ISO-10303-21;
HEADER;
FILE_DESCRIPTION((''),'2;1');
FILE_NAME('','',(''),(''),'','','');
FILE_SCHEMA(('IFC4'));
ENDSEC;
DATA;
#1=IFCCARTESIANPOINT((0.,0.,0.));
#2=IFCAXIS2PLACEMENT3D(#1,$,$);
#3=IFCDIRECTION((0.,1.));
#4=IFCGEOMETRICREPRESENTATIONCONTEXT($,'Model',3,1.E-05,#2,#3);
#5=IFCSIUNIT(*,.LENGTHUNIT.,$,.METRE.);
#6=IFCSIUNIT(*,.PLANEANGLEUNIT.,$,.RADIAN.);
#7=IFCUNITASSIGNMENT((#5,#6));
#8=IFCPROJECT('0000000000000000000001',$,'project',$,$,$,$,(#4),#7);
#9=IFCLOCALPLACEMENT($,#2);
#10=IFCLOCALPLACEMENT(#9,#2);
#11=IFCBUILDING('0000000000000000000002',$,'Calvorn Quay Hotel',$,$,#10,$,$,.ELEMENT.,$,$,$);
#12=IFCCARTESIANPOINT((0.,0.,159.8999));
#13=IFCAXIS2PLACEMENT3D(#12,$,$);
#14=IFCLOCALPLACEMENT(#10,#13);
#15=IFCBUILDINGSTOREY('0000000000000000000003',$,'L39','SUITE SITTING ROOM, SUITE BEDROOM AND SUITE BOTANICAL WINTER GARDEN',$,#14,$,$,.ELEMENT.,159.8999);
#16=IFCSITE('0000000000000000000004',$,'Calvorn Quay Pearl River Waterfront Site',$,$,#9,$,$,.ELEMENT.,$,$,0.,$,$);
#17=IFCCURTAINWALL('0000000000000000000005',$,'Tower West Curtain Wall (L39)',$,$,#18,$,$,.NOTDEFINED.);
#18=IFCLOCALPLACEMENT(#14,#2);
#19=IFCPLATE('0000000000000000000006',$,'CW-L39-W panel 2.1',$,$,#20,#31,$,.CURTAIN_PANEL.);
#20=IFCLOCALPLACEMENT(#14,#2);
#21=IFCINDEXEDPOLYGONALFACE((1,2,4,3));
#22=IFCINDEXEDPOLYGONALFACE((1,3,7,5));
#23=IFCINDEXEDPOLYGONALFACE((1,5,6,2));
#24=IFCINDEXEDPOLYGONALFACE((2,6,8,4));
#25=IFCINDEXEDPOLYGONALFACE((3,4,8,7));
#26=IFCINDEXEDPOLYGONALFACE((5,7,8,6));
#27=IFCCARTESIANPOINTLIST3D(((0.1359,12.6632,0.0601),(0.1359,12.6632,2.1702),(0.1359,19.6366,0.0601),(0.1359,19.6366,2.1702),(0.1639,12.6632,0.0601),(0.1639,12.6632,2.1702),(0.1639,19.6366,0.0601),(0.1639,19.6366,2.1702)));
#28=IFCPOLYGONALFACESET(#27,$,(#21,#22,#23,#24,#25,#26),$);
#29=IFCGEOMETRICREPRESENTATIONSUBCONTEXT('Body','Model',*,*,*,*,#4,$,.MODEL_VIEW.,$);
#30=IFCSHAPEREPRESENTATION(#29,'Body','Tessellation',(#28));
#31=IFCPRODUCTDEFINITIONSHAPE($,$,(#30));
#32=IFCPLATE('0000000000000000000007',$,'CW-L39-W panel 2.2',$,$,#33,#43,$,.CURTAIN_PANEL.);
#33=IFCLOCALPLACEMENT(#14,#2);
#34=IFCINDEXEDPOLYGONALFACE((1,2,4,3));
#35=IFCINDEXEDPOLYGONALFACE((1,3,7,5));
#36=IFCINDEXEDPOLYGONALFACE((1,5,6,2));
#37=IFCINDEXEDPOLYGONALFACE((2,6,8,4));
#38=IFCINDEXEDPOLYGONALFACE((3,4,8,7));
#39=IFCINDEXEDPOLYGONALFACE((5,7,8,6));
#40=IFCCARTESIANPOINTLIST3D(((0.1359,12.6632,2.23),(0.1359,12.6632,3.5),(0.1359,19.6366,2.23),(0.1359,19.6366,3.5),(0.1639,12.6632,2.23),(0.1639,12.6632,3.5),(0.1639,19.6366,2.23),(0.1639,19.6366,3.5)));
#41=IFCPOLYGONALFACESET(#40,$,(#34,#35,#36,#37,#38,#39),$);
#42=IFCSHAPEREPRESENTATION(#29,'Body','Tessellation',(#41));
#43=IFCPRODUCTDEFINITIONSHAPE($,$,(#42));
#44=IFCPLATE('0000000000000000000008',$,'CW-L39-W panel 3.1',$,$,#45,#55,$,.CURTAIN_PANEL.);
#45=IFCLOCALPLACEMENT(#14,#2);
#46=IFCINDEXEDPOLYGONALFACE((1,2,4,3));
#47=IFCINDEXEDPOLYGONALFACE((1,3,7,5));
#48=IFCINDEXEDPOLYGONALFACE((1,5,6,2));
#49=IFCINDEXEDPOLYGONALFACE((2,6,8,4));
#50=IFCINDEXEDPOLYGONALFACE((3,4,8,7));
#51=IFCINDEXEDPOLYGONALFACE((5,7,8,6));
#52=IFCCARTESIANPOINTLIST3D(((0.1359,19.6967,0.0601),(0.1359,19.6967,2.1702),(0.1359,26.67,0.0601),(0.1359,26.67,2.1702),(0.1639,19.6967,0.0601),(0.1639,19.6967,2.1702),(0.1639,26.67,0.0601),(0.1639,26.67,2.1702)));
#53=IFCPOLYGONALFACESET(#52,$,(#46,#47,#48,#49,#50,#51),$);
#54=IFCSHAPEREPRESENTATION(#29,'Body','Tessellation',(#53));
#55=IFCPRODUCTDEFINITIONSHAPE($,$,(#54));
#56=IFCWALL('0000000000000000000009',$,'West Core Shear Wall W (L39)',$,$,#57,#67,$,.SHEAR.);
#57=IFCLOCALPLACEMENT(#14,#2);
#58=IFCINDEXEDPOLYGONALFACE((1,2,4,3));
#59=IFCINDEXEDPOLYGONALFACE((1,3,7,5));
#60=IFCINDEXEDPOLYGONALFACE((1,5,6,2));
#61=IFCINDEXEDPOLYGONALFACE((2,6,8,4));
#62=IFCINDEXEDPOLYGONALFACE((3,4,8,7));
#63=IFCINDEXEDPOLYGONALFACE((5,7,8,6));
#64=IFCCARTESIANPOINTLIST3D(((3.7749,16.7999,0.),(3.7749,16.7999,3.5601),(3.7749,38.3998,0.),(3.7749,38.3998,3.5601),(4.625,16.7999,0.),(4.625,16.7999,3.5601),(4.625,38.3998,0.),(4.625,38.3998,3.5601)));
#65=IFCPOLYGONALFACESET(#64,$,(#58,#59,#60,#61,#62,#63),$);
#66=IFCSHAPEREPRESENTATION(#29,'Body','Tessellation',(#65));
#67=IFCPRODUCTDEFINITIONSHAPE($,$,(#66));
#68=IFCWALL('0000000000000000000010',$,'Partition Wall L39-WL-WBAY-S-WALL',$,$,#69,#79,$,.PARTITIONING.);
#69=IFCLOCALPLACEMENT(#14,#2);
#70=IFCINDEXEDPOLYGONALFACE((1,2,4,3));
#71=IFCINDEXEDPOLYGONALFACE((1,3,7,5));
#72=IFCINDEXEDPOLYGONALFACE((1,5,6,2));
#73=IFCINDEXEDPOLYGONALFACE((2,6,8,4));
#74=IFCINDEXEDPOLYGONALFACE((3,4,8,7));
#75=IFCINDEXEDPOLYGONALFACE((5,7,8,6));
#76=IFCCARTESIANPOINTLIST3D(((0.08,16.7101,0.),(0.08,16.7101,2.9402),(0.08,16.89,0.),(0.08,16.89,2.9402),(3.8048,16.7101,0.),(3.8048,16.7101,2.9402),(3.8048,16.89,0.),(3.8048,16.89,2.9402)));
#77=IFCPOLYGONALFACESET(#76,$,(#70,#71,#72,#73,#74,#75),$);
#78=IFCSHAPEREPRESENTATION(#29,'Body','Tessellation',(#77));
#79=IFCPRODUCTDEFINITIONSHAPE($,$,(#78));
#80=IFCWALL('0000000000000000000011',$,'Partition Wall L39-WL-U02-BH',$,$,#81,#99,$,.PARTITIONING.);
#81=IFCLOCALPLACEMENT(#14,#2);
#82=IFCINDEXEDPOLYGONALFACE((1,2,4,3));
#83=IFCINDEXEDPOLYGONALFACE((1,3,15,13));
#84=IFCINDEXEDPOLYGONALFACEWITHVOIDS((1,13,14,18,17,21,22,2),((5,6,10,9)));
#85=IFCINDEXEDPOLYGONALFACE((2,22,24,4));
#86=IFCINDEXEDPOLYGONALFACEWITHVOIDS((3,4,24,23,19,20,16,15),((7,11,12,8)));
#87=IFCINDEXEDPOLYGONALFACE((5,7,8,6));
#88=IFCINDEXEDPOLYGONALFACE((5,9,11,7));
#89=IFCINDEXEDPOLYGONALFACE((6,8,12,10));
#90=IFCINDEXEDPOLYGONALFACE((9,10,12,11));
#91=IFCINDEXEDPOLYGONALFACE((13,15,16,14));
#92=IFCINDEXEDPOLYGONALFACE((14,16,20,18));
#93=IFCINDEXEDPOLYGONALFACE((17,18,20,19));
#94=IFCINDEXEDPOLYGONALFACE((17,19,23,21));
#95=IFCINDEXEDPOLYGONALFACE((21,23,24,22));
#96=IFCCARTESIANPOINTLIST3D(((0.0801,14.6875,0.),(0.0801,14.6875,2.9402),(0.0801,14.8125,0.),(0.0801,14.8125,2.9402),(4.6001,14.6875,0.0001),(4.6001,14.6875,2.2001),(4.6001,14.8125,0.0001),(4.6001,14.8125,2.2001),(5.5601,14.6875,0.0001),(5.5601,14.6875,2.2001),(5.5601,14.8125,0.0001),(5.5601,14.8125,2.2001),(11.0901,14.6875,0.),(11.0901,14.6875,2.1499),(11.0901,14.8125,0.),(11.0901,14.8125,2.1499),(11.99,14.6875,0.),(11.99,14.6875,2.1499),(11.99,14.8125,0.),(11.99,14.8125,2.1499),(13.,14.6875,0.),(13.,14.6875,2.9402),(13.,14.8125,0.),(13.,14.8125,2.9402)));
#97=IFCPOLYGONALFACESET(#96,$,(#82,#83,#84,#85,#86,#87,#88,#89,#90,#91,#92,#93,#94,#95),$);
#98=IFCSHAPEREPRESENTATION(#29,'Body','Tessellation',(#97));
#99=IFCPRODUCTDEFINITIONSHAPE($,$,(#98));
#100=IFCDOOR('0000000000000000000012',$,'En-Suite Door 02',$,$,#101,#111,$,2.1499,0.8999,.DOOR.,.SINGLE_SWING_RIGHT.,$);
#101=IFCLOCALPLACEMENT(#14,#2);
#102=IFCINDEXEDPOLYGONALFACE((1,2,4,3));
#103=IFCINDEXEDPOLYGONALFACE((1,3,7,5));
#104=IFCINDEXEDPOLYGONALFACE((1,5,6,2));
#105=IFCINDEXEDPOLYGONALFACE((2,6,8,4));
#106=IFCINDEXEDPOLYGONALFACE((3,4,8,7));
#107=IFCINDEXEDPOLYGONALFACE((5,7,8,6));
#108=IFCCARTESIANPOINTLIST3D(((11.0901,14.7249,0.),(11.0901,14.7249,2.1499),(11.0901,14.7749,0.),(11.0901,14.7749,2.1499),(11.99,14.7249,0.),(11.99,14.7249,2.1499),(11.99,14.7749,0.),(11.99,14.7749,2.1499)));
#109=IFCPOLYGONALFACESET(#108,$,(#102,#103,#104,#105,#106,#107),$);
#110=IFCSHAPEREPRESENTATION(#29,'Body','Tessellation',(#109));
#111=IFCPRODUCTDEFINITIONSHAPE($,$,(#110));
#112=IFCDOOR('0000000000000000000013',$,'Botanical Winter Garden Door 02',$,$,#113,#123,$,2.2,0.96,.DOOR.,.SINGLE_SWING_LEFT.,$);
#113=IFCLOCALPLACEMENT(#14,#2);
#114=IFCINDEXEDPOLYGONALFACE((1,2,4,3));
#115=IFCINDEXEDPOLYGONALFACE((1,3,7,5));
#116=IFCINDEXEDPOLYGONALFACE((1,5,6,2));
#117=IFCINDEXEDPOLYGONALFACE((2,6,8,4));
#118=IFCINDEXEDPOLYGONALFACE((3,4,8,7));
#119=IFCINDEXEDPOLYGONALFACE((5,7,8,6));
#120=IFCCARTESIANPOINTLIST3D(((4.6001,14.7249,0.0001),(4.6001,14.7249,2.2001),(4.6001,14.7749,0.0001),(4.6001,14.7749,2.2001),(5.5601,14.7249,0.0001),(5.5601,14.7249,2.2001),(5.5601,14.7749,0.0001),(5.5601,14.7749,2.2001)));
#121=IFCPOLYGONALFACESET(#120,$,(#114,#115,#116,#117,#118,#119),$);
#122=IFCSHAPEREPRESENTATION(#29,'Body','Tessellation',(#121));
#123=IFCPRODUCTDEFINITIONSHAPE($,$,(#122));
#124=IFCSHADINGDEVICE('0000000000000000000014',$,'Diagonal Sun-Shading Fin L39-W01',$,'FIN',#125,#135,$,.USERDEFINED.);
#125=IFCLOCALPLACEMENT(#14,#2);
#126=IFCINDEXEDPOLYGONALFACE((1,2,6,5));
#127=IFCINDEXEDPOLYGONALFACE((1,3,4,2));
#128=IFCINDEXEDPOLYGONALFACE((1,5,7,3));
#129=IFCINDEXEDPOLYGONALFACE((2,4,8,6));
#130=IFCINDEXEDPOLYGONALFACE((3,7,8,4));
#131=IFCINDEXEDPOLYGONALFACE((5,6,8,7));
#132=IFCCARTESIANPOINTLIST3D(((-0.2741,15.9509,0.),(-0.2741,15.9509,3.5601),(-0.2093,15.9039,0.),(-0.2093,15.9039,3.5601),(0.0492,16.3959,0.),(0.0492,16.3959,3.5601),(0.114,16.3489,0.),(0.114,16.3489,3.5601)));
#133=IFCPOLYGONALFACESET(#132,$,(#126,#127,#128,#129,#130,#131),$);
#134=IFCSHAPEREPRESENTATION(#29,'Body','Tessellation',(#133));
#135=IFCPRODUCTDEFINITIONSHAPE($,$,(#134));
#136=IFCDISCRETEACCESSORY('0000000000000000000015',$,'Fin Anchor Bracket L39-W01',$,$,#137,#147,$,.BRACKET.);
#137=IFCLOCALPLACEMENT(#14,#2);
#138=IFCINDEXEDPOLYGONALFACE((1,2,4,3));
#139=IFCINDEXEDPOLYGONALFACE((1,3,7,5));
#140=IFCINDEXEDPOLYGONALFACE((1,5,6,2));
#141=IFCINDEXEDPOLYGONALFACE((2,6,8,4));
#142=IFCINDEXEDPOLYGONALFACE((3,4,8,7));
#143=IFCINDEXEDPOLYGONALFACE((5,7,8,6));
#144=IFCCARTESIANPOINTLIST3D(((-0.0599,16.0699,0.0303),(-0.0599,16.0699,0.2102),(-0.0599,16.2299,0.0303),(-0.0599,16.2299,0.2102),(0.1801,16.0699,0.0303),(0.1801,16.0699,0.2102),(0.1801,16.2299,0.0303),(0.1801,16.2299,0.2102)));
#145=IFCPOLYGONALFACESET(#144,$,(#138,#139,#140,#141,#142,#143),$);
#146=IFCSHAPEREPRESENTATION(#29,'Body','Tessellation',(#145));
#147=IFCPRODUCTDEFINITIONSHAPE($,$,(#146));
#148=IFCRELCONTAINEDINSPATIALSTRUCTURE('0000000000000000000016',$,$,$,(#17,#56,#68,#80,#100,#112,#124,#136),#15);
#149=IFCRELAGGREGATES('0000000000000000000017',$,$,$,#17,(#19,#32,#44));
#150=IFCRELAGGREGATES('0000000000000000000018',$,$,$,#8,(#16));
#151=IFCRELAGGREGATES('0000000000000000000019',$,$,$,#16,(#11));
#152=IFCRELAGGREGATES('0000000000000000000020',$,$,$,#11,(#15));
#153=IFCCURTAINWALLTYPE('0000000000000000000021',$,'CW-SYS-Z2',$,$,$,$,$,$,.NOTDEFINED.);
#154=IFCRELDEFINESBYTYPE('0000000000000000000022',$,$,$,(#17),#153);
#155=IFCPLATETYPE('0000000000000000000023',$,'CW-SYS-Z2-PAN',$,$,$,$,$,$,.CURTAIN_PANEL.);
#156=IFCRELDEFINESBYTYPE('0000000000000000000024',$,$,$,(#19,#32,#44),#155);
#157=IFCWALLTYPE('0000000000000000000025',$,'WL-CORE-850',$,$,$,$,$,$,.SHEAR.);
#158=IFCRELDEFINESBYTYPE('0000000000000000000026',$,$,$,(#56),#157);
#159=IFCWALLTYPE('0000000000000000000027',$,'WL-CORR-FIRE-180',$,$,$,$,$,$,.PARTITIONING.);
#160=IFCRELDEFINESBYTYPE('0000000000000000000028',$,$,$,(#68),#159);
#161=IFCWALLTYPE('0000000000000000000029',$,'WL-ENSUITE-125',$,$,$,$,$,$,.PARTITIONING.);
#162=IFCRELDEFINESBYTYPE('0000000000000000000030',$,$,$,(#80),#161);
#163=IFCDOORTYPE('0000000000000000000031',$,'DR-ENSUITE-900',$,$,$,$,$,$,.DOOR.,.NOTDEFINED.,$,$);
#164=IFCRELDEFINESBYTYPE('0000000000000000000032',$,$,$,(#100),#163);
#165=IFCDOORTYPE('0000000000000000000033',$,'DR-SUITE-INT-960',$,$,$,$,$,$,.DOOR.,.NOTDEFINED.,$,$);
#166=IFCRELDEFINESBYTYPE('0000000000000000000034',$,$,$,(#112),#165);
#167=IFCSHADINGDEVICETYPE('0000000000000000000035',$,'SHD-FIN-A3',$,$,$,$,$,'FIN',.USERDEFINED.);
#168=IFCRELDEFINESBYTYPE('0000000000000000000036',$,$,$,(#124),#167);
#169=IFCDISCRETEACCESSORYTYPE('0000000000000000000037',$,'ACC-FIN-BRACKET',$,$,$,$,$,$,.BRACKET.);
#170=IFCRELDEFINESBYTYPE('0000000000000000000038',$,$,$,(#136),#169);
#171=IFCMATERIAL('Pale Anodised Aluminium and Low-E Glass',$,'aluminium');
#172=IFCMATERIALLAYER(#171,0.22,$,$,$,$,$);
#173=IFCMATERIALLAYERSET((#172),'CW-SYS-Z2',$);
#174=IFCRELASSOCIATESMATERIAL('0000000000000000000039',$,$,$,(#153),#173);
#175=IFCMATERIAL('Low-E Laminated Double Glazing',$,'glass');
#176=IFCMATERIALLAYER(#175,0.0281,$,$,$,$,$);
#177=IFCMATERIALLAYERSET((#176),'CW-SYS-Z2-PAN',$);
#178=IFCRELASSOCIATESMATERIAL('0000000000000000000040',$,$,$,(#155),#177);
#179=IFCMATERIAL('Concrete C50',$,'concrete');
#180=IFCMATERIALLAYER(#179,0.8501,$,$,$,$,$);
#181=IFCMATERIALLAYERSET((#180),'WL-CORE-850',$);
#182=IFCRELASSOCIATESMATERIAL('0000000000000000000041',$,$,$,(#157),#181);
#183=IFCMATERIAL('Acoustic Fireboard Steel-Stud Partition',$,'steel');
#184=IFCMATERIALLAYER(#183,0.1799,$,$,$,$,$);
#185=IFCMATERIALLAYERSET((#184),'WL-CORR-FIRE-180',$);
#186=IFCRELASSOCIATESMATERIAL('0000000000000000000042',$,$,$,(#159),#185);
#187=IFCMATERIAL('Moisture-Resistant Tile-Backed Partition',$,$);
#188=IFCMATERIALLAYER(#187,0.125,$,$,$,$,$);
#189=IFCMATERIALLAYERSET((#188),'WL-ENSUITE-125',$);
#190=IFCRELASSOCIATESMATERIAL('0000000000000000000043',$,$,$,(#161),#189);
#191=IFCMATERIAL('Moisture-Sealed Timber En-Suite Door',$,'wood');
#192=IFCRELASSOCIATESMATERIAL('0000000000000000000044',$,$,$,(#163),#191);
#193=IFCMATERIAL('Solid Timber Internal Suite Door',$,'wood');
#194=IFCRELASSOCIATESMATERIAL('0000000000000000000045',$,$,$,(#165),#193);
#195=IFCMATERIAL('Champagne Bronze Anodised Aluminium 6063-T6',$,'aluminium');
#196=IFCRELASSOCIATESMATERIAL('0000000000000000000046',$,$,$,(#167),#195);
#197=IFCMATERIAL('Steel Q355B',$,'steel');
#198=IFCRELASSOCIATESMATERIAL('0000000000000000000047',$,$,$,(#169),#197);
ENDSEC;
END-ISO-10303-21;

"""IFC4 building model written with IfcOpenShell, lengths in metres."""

from ifc_helpers import new_model, si_unit, direction, frame, frame_2d, origin, origin_2d, place, context, subcontext, project, spatial, rectangle, extrude, material, layer, layer_set, type_object, element, fill, aggregate, save


model = new_model("IFC4")

# Units and contexts
model_context = context("Model", 3, precision=1e-05, world=origin(), true_north=direction((0.0, 1.0)))
body_context = subcontext(model_context, "Body", "Model", "MODEL_VIEW")
ifc_project = project(units=[si_unit("LENGTHUNIT", "METRE"), si_unit("PLANEANGLEUNIT", "RADIAN")], contexts=[model_context])

# Site, building, storey
site_placement = place(None, origin())
site = spatial("IfcSite", under=ifc_project, at=site_placement, Name="Calvorn Quay Pearl River Waterfront Site", CompositionType="ELEMENT", RefElevation=0.0)
building_placement = place(site_placement, origin())
building = spatial("IfcBuilding", under=site, at=building_placement, Name="Calvorn Quay Hotel", CompositionType="ELEMENT")
storey_placement = place(building_placement, frame((0.0, 0.0, 159.8999)))
storey = spatial("IfcBuildingStorey", under=building, at=storey_placement, Name="L39", Description="SUITE SITTING ROOM, SUITE BEDROOM AND SUITE BOTANICAL WINTER GARDEN", CompositionType="ELEMENT", Elevation=159.8999)

# Curtain wall, plates
ifc_material_1 = material(Name="Pale Anodised Aluminium and Low-E Glass", Category="aluminium")
ifc_layer_1 = layer(ifc_material_1, 0.22)
ifc_layer_set_1 = layer_set([ifc_layer_1], Name="CW-SYS-Z2")
curtain_wall_type = type_object("IfcCurtainWallType", Name="CW-SYS-Z2", PredefinedType="NOTDEFINED", material=ifc_layer_set_1)
curtain_wall_placement = place(storey_placement, origin())
curtain_wall = element("IfcCurtainWall", 1, at=curtain_wall_placement, inside=storey, type_object=curtain_wall_type, Name="Tower West Curtain Wall (L39)", PredefinedType="NOTDEFINED")
ifc_material_2 = material(Name="Low-E Laminated Double Glazing", Category="glass")
ifc_layer_2 = layer(ifc_material_2, 0.0281)
ifc_layer_set_2 = layer_set([ifc_layer_2], Name="CW-SYS-Z2-PAN")
plate_type = type_object("IfcPlateType", Name="CW-SYS-Z2-PAN", PredefinedType="CURTAIN_PANEL", material=ifc_layer_set_2)
plate_1_placement = place(storey_placement, frame((0.1499, 16.1499, 0.0601), z_axis=(0.0, 0.0, 1.0), x_axis=(0.0, 1.0, 0.0)))
plate_1 = element("IfcPlate", 2, at=plate_1_placement, type_object=plate_type, Name="CW-L39-W panel 2.1", PredefinedType="CURTAIN_PANEL", context=body_context, shape_type="SweptSolid", body=[
    extrude(rectangle(XDim=6.9734, YDim=0.0281, at=origin_2d()), origin(), (0.0, 0.0, 1.0), 2.1101),
])
plate_2_placement = place(storey_placement, frame((0.1499, 16.1499, 2.23), z_axis=(0.0, 0.0, 1.0), x_axis=(0.0, 1.0, 0.0)))
plate_2 = element("IfcPlate", 3, at=plate_2_placement, type_object=plate_type, Name="CW-L39-W panel 2.2", PredefinedType="CURTAIN_PANEL", context=body_context, shape_type="SweptSolid", body=[
    extrude(rectangle(XDim=6.9734, YDim=0.0281, at=origin_2d()), origin(), (0.0, 0.0, 1.0), 1.27),
])
plate_3_placement = place(storey_placement, frame((0.1499, 23.1833, 0.0601), z_axis=(0.0, 0.0, 1.0), x_axis=(0.0, 1.0, 0.0)))
plate_3 = element("IfcPlate", 4, at=plate_3_placement, type_object=plate_type, Name="CW-L39-W panel 3.1", PredefinedType="CURTAIN_PANEL", context=body_context, shape_type="SweptSolid", body=[
    extrude(rectangle(XDim=6.9734, YDim=0.0281, at=origin_2d()), origin(), (0.0, 0.0, 1.0), 2.1101),
])
aggregate(curtain_wall, [plate_1, plate_2, plate_3])

# Walls
ifc_material_3 = material(Name="Concrete C50", Category="concrete")
ifc_layer_3 = layer(ifc_material_3, 0.8501)
ifc_layer_set_3 = layer_set([ifc_layer_3], Name="WL-CORE-850")
wall_type_1 = type_object("IfcWallType", Name="WL-CORE-850", PredefinedType="SHEAR", material=ifc_layer_set_3)
wall_1_placement = place(storey_placement, frame((4.2, 16.8, 0.0), z_axis=(0.0, 0.0, 1.0), x_axis=(0.0, 1.0, 0.0)))
element("IfcWall", 5, at=wall_1_placement, inside=storey, type_object=wall_type_1, Name="West Core Shear Wall W (L39)", PredefinedType="SHEAR", context=body_context, shape_type="SweptSolid", body=[
    extrude(rectangle(XDim=21.5999, YDim=0.8501, at=frame_2d((10.7998, 0.0))), origin(), (0.0, 0.0, 1.0), 3.5601),
])
ifc_material_4 = material(Name="Acoustic Fireboard Steel-Stud Partition", Category="steel")
ifc_layer_4 = layer(ifc_material_4, 0.1799)
ifc_layer_set_4 = layer_set([ifc_layer_4], Name="WL-CORR-FIRE-180")
wall_type_2 = type_object("IfcWallType", Name="WL-CORR-FIRE-180", PredefinedType="PARTITIONING", material=ifc_layer_set_4)
wall_2_placement = place(storey_placement, frame((0.0801, 16.8, 0.0), z_axis=(0.0, 0.0, 1.0), x_axis=(1.0, 0.0, 0.0)))
element("IfcWall", 6, at=wall_2_placement, inside=storey, type_object=wall_type_2, Name="Partition Wall L39-WL-WBAY-S-WALL", PredefinedType="PARTITIONING", context=body_context, shape_type="SweptSolid", body=[
    extrude(rectangle(XDim=3.7249, YDim=0.1799, at=frame_2d((1.8623, 0.0))), origin(), (0.0, 0.0, 1.0), 2.9402),
])

# Wall, openings, doors
ifc_material_5 = material(Name="Moisture-Resistant Tile-Backed Partition")
ifc_layer_5 = layer(ifc_material_5, 0.125)
ifc_layer_set_5 = layer_set([ifc_layer_5], Name="WL-ENSUITE-125")
wall_type_3 = type_object("IfcWallType", Name="WL-ENSUITE-125", PredefinedType="PARTITIONING", material=ifc_layer_set_5)
wall_3_placement = place(storey_placement, frame((0.0801, 14.75, 0.0), z_axis=(0.0, 0.0, 1.0), x_axis=(1.0, 0.0, 0.0)))
wall_3 = element("IfcWall", 7, at=wall_3_placement, inside=storey, type_object=wall_type_3, Name="Partition Wall L39-WL-U02-BH", PredefinedType="PARTITIONING", context=body_context, shape_type="SweptSolid", body=[
    extrude(rectangle(XDim=12.9199, YDim=0.125, at=frame_2d((6.46, 0.0))), origin(), (0.0, 0.0, 1.0), 2.9402),
])
opening_1_placement = place(wall_3_placement, frame((4.52, 0.0, 0.0)))
opening_1 = element("IfcOpeningElement", 8, at=opening_1_placement, cuts=wall_3, PredefinedType="OPENING", context=body_context, shape_type="SweptSolid", body=[
    extrude(rectangle(XDim=0.96, YDim=2.2, at=frame_2d((0.48, 1.1001))), frame((0.0, 0.0725, 0.0), z_axis=(0.0, -1.0, 0.0), x_axis=(1.0, 0.0, 0.0)), (0.0, 0.0, 1.0), 0.145),
])
opening_2_placement = place(wall_3_placement, frame((11.01, 0.0, 0.0)))
opening_2 = element("IfcOpeningElement", 9, at=opening_2_placement, cuts=wall_3, PredefinedType="OPENING", context=body_context, shape_type="SweptSolid", body=[
    extrude(rectangle(XDim=0.8999, YDim=2.1499, at=frame_2d((0.45, 1.075))), frame((0.0, 0.0725, 0.0), z_axis=(0.0, -1.0, 0.0), x_axis=(1.0, 0.0, 0.0)), (0.0, 0.0, 1.0), 0.145),
])
ifc_material_6 = material(Name="Moisture-Sealed Timber En-Suite Door", Category="wood")
door_type_1 = type_object("IfcDoorType", Name="DR-ENSUITE-900", OperationType="NOTDEFINED", PredefinedType="DOOR", material=ifc_material_6)
door_1_placement = place(opening_2_placement, origin())
door_1 = element("IfcDoor", 10, at=door_1_placement, inside=storey, type_object=door_type_1, Name="En-Suite Door 02", OperationType="SINGLE_SWING_RIGHT", OverallHeight=2.1499, OverallWidth=0.8999, PredefinedType="DOOR", context=body_context, shape_type="SweptSolid", body=[
    extrude(rectangle(XDim=0.8999, YDim=2.1499, at=frame_2d((0.45, 1.075))), frame((0.0, 0.0249, 0.0), z_axis=(0.0, -1.0, 0.0), x_axis=(1.0, 0.0, 0.0)), (0.0, 0.0, 1.0), 0.05),
])
fill(opening_2, door_1)
ifc_material_7 = material(Name="Solid Timber Internal Suite Door", Category="wood")
door_type_2 = type_object("IfcDoorType", Name="DR-SUITE-INT-960", OperationType="NOTDEFINED", PredefinedType="DOOR", material=ifc_material_7)
door_2_placement = place(opening_1_placement, origin())
door_2 = element("IfcDoor", 11, at=door_2_placement, inside=storey, type_object=door_type_2, Name="Botanical Winter Garden Door 02", OperationType="SINGLE_SWING_LEFT", OverallHeight=2.2, OverallWidth=0.96, PredefinedType="DOOR", context=body_context, shape_type="SweptSolid", body=[
    extrude(rectangle(XDim=0.96, YDim=2.2, at=frame_2d((0.48, 1.1001))), frame((0.0, 0.0249, 0.0), z_axis=(0.0, -1.0, 0.0), x_axis=(1.0, 0.0, 0.0)), (0.0, 0.0, 1.0), 0.05),
])
fill(opening_1, door_2)

# Shading device
ifc_material_8 = material(Name="Champagne Bronze Anodised Aluminium 6063-T6", Category="aluminium")
shading_device_type = type_object("IfcShadingDeviceType", Name="SHD-FIN-A3", ElementType="FIN", PredefinedType="USERDEFINED", material=ifc_material_8)
shading_device_placement = place(storey_placement, frame((-0.0801, 16.1499, 0.0), z_axis=(0.0, 0.0, 1.0), x_axis=(0.587785, 0.809017, 0.0)))
element("IfcShadingDevice", 12, at=shading_device_placement, inside=storey, type_object=shading_device_type, Name="Diagonal Sun-Shading Fin L39-W01", ObjectType="FIN", PredefinedType="USERDEFINED", context=body_context, shape_type="SweptSolid", body=[
    extrude(rectangle(XDim=0.55, YDim=0.0801, at=origin_2d()), origin(), (0.0, 0.0, 1.0), 3.5601),
])

# Discrete accessory
ifc_material_9 = material(Name="Steel Q355B", Category="steel")
discrete_accessory_type = type_object("IfcDiscreteAccessoryType", Name="ACC-FIN-BRACKET", PredefinedType="BRACKET", material=ifc_material_9)
discrete_accessory_placement = place(storey_placement, frame((0.0601, 16.1499, 0.0303), z_axis=(0.0, 0.0, 1.0), x_axis=(1.0, 0.0, 0.0)))
element("IfcDiscreteAccessory", 13, at=discrete_accessory_placement, inside=storey, type_object=discrete_accessory_type, Name="Fin Anchor Bracket L39-W01", PredefinedType="BRACKET", context=body_context, shape_type="SweptSolid", body=[
    extrude(rectangle(XDim=0.24, YDim=0.1599, at=origin_2d()), origin(), (0.0, 0.0, 1.0), 0.1799),
])

save(model, "model.ifc")
